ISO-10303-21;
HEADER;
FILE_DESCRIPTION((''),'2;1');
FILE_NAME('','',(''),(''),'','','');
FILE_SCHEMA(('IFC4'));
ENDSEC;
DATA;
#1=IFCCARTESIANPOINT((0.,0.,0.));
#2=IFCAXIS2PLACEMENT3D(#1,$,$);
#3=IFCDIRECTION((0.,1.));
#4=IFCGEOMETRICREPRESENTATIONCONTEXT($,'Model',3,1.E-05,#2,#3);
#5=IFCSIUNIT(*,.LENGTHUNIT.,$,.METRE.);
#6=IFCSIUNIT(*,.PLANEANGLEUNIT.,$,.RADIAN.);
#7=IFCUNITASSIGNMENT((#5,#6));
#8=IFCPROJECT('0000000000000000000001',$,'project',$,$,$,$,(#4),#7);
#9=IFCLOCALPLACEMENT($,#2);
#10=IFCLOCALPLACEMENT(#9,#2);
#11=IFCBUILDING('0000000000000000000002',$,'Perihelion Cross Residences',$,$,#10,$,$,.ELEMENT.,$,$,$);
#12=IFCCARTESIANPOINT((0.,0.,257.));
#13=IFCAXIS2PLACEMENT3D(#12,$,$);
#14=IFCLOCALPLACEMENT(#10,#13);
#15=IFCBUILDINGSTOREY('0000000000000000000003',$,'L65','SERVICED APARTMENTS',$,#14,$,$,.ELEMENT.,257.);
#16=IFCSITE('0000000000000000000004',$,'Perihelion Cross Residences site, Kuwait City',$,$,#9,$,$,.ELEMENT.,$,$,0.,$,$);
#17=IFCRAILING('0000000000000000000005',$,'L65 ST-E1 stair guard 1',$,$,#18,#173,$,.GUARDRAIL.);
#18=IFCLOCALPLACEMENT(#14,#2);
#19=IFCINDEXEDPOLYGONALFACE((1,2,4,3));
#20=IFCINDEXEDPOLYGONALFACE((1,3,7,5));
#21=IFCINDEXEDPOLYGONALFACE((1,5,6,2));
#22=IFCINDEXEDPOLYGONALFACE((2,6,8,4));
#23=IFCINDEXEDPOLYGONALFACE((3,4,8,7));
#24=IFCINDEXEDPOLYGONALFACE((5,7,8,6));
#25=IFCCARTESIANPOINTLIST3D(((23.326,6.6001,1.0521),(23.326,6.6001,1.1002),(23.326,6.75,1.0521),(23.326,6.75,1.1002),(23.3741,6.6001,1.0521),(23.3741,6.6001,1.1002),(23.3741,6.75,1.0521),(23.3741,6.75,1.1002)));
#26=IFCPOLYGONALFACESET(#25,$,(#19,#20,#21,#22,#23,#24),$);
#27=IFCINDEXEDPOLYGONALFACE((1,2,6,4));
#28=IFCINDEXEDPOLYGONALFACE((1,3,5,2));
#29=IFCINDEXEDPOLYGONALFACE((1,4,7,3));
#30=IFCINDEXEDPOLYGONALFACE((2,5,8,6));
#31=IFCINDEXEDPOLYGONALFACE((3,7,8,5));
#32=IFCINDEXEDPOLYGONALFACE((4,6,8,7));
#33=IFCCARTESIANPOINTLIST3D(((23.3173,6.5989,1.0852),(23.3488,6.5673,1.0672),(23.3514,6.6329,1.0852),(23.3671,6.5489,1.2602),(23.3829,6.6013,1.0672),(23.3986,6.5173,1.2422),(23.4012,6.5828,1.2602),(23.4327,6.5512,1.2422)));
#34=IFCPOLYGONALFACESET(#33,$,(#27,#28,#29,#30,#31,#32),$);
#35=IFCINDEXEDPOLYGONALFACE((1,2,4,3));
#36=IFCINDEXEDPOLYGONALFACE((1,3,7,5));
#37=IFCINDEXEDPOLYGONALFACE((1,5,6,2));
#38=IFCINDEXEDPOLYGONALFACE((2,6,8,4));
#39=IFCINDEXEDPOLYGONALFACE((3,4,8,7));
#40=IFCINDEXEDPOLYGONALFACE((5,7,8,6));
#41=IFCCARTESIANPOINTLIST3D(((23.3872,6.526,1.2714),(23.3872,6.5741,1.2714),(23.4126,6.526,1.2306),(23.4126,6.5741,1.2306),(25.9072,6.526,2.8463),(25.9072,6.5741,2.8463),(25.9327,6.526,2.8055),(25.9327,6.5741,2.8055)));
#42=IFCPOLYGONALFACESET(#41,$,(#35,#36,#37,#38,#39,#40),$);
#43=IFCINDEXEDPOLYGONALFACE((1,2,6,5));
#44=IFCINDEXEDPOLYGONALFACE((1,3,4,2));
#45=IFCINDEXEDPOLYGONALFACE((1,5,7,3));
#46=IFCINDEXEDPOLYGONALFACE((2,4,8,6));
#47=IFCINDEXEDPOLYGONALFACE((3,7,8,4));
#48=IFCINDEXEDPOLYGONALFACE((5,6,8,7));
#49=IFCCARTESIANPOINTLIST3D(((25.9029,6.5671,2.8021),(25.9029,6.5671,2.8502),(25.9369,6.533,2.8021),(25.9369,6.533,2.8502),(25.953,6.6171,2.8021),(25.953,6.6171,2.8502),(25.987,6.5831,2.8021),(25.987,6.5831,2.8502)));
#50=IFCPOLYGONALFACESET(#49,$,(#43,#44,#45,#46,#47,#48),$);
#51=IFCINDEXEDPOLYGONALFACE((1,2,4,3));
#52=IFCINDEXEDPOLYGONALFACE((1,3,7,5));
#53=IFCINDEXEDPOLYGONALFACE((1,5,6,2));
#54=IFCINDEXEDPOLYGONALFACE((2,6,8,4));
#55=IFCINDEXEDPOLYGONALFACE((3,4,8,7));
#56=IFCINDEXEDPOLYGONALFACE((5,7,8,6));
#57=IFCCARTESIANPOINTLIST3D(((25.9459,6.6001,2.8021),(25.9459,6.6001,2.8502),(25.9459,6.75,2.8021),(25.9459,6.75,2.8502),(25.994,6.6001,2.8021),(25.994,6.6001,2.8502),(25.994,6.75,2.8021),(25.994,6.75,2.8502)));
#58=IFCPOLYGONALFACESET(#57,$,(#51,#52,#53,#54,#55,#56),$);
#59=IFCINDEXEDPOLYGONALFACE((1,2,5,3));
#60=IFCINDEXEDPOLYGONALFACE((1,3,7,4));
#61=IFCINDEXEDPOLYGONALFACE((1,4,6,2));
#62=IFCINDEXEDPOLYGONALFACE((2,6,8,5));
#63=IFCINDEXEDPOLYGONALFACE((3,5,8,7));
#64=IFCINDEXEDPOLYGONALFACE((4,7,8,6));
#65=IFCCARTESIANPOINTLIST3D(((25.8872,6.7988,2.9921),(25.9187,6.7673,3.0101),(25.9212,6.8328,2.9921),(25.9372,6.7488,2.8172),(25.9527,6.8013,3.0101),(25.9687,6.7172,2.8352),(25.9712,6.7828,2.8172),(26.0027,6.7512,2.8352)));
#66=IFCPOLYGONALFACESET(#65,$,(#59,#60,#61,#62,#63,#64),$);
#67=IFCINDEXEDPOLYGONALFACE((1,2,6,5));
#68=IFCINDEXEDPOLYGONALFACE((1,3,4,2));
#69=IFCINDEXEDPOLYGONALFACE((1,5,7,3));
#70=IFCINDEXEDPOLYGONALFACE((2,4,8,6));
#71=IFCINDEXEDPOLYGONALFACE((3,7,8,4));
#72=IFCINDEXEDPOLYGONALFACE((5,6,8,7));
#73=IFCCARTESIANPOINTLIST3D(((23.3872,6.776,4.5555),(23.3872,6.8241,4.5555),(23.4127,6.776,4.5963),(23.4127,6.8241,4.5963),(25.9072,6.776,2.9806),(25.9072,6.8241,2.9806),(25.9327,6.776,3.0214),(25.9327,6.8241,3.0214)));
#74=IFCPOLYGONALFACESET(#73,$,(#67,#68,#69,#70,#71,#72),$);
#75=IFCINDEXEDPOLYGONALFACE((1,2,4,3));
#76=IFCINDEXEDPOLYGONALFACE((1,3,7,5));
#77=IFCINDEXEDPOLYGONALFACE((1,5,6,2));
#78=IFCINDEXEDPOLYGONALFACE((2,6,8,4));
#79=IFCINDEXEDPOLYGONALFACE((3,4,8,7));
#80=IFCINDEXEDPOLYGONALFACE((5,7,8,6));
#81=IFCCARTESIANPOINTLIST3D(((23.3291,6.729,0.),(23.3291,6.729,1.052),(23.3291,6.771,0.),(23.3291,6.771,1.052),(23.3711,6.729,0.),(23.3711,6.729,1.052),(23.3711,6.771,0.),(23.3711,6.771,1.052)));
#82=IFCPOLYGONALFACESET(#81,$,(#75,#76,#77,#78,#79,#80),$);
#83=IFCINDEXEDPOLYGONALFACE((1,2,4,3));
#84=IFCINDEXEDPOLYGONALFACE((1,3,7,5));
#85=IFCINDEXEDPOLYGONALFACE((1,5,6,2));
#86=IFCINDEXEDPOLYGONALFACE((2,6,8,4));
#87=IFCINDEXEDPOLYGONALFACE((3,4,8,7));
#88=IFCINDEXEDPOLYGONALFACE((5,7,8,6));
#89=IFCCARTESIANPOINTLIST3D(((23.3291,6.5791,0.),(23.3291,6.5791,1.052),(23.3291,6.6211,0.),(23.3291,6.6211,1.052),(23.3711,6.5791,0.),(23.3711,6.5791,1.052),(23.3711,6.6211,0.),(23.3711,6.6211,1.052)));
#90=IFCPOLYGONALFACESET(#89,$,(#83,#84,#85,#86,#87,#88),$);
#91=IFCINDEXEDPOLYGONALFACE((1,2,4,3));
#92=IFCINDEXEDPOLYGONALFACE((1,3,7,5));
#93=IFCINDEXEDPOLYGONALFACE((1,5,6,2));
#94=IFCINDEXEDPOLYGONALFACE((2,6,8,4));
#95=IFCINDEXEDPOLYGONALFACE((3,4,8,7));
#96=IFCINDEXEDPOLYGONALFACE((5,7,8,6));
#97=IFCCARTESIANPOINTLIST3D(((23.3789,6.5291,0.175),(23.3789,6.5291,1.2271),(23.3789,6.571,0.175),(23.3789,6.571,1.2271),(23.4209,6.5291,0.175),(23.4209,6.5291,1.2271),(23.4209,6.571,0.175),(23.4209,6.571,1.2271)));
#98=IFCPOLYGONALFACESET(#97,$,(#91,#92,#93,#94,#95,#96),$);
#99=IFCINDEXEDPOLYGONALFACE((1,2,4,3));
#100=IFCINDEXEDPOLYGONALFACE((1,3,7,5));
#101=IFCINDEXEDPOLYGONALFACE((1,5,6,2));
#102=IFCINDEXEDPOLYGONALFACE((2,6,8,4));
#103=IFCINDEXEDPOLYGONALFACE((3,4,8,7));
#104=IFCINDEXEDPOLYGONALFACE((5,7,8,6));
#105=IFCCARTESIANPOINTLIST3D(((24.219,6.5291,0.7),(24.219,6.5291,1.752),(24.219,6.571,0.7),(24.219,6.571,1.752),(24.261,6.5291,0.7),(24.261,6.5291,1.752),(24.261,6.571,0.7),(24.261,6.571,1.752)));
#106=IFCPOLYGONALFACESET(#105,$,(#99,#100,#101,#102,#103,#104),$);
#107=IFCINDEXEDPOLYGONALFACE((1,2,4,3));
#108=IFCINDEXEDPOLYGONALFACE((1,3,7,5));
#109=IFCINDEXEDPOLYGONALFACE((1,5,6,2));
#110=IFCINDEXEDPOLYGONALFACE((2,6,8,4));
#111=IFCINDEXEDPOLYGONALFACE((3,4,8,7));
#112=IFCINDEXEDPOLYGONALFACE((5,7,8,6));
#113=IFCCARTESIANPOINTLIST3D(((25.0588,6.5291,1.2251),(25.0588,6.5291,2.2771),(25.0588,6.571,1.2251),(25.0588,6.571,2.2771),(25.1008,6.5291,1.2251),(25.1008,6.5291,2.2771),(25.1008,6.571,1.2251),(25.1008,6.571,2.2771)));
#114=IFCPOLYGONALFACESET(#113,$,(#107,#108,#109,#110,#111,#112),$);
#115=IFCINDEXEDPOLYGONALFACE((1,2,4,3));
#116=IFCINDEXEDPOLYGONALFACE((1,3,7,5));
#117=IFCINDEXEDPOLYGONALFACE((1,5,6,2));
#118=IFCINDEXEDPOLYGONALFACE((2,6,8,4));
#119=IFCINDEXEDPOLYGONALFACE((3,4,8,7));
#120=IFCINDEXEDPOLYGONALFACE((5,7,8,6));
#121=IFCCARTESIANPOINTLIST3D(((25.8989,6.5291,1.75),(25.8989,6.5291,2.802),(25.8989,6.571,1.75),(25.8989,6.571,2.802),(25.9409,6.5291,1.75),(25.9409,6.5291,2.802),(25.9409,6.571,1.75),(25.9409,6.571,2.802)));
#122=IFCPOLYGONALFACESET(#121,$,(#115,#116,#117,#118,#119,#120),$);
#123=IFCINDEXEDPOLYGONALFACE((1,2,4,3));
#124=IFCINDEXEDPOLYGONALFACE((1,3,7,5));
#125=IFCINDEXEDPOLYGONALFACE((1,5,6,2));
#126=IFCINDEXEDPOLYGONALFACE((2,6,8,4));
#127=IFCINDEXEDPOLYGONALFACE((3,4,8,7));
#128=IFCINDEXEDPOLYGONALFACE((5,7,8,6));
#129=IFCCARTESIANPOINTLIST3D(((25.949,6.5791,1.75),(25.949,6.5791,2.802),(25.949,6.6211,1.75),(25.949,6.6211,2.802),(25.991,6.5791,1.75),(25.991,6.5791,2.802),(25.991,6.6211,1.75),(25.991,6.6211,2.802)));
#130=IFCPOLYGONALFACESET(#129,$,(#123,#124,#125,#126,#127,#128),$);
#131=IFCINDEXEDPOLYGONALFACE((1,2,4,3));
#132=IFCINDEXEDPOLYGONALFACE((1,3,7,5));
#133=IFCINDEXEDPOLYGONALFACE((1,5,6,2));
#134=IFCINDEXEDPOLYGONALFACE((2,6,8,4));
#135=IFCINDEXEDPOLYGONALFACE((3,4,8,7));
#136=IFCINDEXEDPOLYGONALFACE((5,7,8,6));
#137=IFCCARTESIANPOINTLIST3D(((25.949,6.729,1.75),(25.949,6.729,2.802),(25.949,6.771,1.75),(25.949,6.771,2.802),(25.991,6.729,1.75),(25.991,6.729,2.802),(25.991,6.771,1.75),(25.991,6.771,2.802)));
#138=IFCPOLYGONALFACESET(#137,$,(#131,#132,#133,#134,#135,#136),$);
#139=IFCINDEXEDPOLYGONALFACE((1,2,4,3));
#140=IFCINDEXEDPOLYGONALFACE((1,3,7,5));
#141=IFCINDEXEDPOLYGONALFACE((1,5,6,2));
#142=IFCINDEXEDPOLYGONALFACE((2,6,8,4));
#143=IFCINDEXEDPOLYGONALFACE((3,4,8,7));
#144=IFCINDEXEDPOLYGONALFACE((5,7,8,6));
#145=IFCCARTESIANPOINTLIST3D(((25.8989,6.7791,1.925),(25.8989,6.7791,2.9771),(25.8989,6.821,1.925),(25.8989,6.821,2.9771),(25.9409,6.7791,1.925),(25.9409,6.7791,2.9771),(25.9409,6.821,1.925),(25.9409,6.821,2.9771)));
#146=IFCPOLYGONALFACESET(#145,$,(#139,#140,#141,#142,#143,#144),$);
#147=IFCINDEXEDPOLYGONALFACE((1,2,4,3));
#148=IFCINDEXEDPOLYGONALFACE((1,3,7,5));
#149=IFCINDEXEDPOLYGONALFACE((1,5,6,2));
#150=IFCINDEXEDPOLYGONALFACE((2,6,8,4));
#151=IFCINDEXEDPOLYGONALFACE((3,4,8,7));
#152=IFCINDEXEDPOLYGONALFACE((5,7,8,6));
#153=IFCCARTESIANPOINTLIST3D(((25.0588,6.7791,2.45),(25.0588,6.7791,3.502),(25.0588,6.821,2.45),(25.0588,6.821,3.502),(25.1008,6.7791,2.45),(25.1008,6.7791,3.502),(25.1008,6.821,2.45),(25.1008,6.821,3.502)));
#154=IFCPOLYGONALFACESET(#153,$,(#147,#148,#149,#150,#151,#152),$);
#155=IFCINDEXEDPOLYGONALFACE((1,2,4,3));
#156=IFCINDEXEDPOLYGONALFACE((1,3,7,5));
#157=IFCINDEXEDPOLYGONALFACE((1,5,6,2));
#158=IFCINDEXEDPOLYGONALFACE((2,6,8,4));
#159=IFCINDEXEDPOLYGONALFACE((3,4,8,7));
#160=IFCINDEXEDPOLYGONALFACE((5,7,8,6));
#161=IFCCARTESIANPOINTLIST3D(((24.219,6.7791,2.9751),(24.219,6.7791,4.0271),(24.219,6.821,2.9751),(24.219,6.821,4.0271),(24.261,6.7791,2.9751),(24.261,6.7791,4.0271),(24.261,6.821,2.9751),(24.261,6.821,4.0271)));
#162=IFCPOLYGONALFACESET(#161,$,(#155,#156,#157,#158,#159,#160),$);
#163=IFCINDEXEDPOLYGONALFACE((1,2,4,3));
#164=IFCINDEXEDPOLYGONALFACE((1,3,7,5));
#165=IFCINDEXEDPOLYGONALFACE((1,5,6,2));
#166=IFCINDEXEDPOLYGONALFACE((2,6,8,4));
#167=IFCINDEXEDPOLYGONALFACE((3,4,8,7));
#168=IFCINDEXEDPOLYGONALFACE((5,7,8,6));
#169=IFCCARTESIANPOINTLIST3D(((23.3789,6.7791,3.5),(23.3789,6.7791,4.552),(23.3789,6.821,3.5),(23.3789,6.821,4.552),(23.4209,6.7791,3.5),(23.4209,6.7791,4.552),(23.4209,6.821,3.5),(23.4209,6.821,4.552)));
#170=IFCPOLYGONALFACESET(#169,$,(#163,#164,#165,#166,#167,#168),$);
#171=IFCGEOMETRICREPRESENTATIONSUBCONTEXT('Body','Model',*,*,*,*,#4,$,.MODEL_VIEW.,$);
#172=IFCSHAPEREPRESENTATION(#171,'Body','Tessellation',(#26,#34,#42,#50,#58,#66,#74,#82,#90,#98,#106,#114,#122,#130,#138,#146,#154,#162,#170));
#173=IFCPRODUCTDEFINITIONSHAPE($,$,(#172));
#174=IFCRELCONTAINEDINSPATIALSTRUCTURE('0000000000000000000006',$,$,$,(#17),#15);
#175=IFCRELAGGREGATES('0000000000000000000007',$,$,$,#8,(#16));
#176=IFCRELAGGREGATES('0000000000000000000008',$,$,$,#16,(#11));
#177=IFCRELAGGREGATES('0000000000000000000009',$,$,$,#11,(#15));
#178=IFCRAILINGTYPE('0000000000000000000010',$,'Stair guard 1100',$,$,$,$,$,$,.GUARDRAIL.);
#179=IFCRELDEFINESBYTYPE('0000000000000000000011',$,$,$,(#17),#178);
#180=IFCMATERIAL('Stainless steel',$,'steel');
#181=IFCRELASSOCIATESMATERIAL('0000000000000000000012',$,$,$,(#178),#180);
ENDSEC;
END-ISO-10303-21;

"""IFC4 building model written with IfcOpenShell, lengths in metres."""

from ifc_helpers import new_model, si_unit, direction, frame, origin, origin_2d, place, context, subcontext, project, spatial, rectangle, extrude, material, type_object, element, save


model = new_model("IFC4")

# Units and contexts
model_context = context("Model", 3, precision=1e-05, world=origin(), true_north=direction((0.0, 1.0)))
body_context = subcontext(model_context, "Body", "Model", "MODEL_VIEW")
ifc_project = project(units=[si_unit("LENGTHUNIT", "METRE"), si_unit("PLANEANGLEUNIT", "RADIAN")], contexts=[model_context])

# Site, building, storey
site_placement = place(None, origin())
site = spatial("IfcSite", under=ifc_project, at=site_placement, Name="Perihelion Cross Residences site, Kuwait City", CompositionType="ELEMENT", RefElevation=0.0)
building_placement = place(site_placement, origin())
building = spatial("IfcBuilding", under=site, at=building_placement, Name="Perihelion Cross Residences", CompositionType="ELEMENT")
storey_placement = place(building_placement, frame((0.0, 0.0, 257.0)))
storey = spatial("IfcBuildingStorey", under=building, at=storey_placement, Name="L65", Description="SERVICED APARTMENTS", CompositionType="ELEMENT", Elevation=257.0)

# Railing
ifc_material_1 = material(Name="Stainless steel", Category="steel")
railing_type_1 = type_object("IfcRailingType", Name="Stair guard 1100", PredefinedType="GUARDRAIL", material=ifc_material_1)
railing_1_placement = place(storey_placement, frame((23.3501, 6.75, 0.0)))
element("IfcRailing", 1, at=railing_1_placement, inside=storey, type_object=railing_type_1, Name="L65 ST-E1 stair guard 1", PredefinedType="GUARDRAIL", context=body_context, shape_type="SweptSolid", body=[
    extrude(rectangle(XDim=0.0481, YDim=0.0481, at=origin_2d()), frame((0.0, 0.0, 1.0762), z_axis=(0.0, -1.0, 0.0), x_axis=(1.0, 0.0, 0.0)), (0.0, 0.0, 1.0), 0.1499),
    extrude(rectangle(XDim=0.0481, YDim=0.0481, at=origin_2d()), frame((0.0, -0.1499, 1.0762), z_axis=(0.263862, -0.265156, 0.927399), x_axis=(0.708834, 0.705376, 0.0)), (0.0, 0.0, 1.0), 0.1887),
    extrude(rectangle(XDim=0.0481, YDim=0.0481, at=origin_2d()), frame((0.0498, -0.2, 1.251), z_axis=(0.848008, 0.0, 0.529984), x_axis=(0.0, 1.0, 0.0)), (0.0, 0.0, 1.0), 2.9717),
    extrude(rectangle(XDim=0.0481, YDim=0.0481, at=origin_2d()), frame((2.5698, -0.2, 2.8262), z_axis=(0.707107, 0.707107, 0.0), x_axis=(-0.707107, 0.707107, 0.0)), (0.0, 0.0, 1.0), 0.0708),
    extrude(rectangle(XDim=0.0481, YDim=0.0481, at=origin_2d()), frame((2.6199, -0.1499, 2.8262), z_axis=(0.0, 1.0, 0.0), x_axis=(-1.0, 0.0, 0.0)), (0.0, 0.0, 1.0), 0.1499),
    extrude(rectangle(XDim=0.0481, YDim=0.0481, at=origin_2d()), frame((2.6199, 0.0, 2.8262), z_axis=(-0.265065, 0.265065, 0.927082), x_axis=(-0.707107, -0.707107, 0.0)), (0.0, 0.0, 1.0), 0.1887),
    extrude(rectangle(XDim=0.0481, YDim=0.0481, at=origin_2d()), frame((2.5698, 0.05, 3.001), z_axis=(-0.848008, 0.0, 0.529984), x_axis=(0.0, -1.0, 0.0)), (0.0, 0.0, 1.0), 2.9717),
    extrude(rectangle(XDim=0.042, YDim=0.042, at=origin_2d()), origin(), (0.0, 0.0, 1.0), 1.052),
    extrude(rectangle(XDim=0.042, YDim=0.042, at=origin_2d()), frame((0.0, -0.1499, 0.0)), (0.0, 0.0, 1.0), 1.052),
    extrude(rectangle(XDim=0.042, YDim=0.042, at=origin_2d()), frame((0.0498, -0.2, 0.175)), (0.0, 0.0, 1.0), 1.052),
    extrude(rectangle(XDim=0.042, YDim=0.042, at=origin_2d()), frame((0.8899, -0.2, 0.7)), (0.0, 0.0, 1.0), 1.052),
    extrude(rectangle(XDim=0.042, YDim=0.042, at=origin_2d()), frame((1.7297, -0.2, 1.2251)), (0.0, 0.0, 1.0), 1.052),
    extrude(rectangle(XDim=0.042, YDim=0.042, at=origin_2d()), frame((2.5698, -0.2, 1.75)), (0.0, 0.0, 1.0), 1.052),
    extrude(rectangle(XDim=0.042, YDim=0.042, at=origin_2d()), frame((2.6199, -0.1499, 1.75)), (0.0, 0.0, 1.0), 1.052),
    extrude(rectangle(XDim=0.042, YDim=0.042, at=origin_2d()), frame((2.6199, 0.0, 1.75)), (0.0, 0.0, 1.0), 1.052),
    extrude(rectangle(XDim=0.042, YDim=0.042, at=origin_2d()), frame((2.5698, 0.05, 1.925)), (0.0, 0.0, 1.0), 1.052),
    extrude(rectangle(XDim=0.042, YDim=0.042, at=origin_2d()), frame((1.7297, 0.05, 2.45)), (0.0, 0.0, 1.0), 1.052),
    extrude(rectangle(XDim=0.042, YDim=0.042, at=origin_2d()), frame((0.8899, 0.05, 2.9751)), (0.0, 0.0, 1.0), 1.052),
    extrude(rectangle(XDim=0.042, YDim=0.042, at=origin_2d()), frame((0.0498, 0.05, 3.5)), (0.0, 0.0, 1.0), 1.052),
])

save(model, "model.ifc")
